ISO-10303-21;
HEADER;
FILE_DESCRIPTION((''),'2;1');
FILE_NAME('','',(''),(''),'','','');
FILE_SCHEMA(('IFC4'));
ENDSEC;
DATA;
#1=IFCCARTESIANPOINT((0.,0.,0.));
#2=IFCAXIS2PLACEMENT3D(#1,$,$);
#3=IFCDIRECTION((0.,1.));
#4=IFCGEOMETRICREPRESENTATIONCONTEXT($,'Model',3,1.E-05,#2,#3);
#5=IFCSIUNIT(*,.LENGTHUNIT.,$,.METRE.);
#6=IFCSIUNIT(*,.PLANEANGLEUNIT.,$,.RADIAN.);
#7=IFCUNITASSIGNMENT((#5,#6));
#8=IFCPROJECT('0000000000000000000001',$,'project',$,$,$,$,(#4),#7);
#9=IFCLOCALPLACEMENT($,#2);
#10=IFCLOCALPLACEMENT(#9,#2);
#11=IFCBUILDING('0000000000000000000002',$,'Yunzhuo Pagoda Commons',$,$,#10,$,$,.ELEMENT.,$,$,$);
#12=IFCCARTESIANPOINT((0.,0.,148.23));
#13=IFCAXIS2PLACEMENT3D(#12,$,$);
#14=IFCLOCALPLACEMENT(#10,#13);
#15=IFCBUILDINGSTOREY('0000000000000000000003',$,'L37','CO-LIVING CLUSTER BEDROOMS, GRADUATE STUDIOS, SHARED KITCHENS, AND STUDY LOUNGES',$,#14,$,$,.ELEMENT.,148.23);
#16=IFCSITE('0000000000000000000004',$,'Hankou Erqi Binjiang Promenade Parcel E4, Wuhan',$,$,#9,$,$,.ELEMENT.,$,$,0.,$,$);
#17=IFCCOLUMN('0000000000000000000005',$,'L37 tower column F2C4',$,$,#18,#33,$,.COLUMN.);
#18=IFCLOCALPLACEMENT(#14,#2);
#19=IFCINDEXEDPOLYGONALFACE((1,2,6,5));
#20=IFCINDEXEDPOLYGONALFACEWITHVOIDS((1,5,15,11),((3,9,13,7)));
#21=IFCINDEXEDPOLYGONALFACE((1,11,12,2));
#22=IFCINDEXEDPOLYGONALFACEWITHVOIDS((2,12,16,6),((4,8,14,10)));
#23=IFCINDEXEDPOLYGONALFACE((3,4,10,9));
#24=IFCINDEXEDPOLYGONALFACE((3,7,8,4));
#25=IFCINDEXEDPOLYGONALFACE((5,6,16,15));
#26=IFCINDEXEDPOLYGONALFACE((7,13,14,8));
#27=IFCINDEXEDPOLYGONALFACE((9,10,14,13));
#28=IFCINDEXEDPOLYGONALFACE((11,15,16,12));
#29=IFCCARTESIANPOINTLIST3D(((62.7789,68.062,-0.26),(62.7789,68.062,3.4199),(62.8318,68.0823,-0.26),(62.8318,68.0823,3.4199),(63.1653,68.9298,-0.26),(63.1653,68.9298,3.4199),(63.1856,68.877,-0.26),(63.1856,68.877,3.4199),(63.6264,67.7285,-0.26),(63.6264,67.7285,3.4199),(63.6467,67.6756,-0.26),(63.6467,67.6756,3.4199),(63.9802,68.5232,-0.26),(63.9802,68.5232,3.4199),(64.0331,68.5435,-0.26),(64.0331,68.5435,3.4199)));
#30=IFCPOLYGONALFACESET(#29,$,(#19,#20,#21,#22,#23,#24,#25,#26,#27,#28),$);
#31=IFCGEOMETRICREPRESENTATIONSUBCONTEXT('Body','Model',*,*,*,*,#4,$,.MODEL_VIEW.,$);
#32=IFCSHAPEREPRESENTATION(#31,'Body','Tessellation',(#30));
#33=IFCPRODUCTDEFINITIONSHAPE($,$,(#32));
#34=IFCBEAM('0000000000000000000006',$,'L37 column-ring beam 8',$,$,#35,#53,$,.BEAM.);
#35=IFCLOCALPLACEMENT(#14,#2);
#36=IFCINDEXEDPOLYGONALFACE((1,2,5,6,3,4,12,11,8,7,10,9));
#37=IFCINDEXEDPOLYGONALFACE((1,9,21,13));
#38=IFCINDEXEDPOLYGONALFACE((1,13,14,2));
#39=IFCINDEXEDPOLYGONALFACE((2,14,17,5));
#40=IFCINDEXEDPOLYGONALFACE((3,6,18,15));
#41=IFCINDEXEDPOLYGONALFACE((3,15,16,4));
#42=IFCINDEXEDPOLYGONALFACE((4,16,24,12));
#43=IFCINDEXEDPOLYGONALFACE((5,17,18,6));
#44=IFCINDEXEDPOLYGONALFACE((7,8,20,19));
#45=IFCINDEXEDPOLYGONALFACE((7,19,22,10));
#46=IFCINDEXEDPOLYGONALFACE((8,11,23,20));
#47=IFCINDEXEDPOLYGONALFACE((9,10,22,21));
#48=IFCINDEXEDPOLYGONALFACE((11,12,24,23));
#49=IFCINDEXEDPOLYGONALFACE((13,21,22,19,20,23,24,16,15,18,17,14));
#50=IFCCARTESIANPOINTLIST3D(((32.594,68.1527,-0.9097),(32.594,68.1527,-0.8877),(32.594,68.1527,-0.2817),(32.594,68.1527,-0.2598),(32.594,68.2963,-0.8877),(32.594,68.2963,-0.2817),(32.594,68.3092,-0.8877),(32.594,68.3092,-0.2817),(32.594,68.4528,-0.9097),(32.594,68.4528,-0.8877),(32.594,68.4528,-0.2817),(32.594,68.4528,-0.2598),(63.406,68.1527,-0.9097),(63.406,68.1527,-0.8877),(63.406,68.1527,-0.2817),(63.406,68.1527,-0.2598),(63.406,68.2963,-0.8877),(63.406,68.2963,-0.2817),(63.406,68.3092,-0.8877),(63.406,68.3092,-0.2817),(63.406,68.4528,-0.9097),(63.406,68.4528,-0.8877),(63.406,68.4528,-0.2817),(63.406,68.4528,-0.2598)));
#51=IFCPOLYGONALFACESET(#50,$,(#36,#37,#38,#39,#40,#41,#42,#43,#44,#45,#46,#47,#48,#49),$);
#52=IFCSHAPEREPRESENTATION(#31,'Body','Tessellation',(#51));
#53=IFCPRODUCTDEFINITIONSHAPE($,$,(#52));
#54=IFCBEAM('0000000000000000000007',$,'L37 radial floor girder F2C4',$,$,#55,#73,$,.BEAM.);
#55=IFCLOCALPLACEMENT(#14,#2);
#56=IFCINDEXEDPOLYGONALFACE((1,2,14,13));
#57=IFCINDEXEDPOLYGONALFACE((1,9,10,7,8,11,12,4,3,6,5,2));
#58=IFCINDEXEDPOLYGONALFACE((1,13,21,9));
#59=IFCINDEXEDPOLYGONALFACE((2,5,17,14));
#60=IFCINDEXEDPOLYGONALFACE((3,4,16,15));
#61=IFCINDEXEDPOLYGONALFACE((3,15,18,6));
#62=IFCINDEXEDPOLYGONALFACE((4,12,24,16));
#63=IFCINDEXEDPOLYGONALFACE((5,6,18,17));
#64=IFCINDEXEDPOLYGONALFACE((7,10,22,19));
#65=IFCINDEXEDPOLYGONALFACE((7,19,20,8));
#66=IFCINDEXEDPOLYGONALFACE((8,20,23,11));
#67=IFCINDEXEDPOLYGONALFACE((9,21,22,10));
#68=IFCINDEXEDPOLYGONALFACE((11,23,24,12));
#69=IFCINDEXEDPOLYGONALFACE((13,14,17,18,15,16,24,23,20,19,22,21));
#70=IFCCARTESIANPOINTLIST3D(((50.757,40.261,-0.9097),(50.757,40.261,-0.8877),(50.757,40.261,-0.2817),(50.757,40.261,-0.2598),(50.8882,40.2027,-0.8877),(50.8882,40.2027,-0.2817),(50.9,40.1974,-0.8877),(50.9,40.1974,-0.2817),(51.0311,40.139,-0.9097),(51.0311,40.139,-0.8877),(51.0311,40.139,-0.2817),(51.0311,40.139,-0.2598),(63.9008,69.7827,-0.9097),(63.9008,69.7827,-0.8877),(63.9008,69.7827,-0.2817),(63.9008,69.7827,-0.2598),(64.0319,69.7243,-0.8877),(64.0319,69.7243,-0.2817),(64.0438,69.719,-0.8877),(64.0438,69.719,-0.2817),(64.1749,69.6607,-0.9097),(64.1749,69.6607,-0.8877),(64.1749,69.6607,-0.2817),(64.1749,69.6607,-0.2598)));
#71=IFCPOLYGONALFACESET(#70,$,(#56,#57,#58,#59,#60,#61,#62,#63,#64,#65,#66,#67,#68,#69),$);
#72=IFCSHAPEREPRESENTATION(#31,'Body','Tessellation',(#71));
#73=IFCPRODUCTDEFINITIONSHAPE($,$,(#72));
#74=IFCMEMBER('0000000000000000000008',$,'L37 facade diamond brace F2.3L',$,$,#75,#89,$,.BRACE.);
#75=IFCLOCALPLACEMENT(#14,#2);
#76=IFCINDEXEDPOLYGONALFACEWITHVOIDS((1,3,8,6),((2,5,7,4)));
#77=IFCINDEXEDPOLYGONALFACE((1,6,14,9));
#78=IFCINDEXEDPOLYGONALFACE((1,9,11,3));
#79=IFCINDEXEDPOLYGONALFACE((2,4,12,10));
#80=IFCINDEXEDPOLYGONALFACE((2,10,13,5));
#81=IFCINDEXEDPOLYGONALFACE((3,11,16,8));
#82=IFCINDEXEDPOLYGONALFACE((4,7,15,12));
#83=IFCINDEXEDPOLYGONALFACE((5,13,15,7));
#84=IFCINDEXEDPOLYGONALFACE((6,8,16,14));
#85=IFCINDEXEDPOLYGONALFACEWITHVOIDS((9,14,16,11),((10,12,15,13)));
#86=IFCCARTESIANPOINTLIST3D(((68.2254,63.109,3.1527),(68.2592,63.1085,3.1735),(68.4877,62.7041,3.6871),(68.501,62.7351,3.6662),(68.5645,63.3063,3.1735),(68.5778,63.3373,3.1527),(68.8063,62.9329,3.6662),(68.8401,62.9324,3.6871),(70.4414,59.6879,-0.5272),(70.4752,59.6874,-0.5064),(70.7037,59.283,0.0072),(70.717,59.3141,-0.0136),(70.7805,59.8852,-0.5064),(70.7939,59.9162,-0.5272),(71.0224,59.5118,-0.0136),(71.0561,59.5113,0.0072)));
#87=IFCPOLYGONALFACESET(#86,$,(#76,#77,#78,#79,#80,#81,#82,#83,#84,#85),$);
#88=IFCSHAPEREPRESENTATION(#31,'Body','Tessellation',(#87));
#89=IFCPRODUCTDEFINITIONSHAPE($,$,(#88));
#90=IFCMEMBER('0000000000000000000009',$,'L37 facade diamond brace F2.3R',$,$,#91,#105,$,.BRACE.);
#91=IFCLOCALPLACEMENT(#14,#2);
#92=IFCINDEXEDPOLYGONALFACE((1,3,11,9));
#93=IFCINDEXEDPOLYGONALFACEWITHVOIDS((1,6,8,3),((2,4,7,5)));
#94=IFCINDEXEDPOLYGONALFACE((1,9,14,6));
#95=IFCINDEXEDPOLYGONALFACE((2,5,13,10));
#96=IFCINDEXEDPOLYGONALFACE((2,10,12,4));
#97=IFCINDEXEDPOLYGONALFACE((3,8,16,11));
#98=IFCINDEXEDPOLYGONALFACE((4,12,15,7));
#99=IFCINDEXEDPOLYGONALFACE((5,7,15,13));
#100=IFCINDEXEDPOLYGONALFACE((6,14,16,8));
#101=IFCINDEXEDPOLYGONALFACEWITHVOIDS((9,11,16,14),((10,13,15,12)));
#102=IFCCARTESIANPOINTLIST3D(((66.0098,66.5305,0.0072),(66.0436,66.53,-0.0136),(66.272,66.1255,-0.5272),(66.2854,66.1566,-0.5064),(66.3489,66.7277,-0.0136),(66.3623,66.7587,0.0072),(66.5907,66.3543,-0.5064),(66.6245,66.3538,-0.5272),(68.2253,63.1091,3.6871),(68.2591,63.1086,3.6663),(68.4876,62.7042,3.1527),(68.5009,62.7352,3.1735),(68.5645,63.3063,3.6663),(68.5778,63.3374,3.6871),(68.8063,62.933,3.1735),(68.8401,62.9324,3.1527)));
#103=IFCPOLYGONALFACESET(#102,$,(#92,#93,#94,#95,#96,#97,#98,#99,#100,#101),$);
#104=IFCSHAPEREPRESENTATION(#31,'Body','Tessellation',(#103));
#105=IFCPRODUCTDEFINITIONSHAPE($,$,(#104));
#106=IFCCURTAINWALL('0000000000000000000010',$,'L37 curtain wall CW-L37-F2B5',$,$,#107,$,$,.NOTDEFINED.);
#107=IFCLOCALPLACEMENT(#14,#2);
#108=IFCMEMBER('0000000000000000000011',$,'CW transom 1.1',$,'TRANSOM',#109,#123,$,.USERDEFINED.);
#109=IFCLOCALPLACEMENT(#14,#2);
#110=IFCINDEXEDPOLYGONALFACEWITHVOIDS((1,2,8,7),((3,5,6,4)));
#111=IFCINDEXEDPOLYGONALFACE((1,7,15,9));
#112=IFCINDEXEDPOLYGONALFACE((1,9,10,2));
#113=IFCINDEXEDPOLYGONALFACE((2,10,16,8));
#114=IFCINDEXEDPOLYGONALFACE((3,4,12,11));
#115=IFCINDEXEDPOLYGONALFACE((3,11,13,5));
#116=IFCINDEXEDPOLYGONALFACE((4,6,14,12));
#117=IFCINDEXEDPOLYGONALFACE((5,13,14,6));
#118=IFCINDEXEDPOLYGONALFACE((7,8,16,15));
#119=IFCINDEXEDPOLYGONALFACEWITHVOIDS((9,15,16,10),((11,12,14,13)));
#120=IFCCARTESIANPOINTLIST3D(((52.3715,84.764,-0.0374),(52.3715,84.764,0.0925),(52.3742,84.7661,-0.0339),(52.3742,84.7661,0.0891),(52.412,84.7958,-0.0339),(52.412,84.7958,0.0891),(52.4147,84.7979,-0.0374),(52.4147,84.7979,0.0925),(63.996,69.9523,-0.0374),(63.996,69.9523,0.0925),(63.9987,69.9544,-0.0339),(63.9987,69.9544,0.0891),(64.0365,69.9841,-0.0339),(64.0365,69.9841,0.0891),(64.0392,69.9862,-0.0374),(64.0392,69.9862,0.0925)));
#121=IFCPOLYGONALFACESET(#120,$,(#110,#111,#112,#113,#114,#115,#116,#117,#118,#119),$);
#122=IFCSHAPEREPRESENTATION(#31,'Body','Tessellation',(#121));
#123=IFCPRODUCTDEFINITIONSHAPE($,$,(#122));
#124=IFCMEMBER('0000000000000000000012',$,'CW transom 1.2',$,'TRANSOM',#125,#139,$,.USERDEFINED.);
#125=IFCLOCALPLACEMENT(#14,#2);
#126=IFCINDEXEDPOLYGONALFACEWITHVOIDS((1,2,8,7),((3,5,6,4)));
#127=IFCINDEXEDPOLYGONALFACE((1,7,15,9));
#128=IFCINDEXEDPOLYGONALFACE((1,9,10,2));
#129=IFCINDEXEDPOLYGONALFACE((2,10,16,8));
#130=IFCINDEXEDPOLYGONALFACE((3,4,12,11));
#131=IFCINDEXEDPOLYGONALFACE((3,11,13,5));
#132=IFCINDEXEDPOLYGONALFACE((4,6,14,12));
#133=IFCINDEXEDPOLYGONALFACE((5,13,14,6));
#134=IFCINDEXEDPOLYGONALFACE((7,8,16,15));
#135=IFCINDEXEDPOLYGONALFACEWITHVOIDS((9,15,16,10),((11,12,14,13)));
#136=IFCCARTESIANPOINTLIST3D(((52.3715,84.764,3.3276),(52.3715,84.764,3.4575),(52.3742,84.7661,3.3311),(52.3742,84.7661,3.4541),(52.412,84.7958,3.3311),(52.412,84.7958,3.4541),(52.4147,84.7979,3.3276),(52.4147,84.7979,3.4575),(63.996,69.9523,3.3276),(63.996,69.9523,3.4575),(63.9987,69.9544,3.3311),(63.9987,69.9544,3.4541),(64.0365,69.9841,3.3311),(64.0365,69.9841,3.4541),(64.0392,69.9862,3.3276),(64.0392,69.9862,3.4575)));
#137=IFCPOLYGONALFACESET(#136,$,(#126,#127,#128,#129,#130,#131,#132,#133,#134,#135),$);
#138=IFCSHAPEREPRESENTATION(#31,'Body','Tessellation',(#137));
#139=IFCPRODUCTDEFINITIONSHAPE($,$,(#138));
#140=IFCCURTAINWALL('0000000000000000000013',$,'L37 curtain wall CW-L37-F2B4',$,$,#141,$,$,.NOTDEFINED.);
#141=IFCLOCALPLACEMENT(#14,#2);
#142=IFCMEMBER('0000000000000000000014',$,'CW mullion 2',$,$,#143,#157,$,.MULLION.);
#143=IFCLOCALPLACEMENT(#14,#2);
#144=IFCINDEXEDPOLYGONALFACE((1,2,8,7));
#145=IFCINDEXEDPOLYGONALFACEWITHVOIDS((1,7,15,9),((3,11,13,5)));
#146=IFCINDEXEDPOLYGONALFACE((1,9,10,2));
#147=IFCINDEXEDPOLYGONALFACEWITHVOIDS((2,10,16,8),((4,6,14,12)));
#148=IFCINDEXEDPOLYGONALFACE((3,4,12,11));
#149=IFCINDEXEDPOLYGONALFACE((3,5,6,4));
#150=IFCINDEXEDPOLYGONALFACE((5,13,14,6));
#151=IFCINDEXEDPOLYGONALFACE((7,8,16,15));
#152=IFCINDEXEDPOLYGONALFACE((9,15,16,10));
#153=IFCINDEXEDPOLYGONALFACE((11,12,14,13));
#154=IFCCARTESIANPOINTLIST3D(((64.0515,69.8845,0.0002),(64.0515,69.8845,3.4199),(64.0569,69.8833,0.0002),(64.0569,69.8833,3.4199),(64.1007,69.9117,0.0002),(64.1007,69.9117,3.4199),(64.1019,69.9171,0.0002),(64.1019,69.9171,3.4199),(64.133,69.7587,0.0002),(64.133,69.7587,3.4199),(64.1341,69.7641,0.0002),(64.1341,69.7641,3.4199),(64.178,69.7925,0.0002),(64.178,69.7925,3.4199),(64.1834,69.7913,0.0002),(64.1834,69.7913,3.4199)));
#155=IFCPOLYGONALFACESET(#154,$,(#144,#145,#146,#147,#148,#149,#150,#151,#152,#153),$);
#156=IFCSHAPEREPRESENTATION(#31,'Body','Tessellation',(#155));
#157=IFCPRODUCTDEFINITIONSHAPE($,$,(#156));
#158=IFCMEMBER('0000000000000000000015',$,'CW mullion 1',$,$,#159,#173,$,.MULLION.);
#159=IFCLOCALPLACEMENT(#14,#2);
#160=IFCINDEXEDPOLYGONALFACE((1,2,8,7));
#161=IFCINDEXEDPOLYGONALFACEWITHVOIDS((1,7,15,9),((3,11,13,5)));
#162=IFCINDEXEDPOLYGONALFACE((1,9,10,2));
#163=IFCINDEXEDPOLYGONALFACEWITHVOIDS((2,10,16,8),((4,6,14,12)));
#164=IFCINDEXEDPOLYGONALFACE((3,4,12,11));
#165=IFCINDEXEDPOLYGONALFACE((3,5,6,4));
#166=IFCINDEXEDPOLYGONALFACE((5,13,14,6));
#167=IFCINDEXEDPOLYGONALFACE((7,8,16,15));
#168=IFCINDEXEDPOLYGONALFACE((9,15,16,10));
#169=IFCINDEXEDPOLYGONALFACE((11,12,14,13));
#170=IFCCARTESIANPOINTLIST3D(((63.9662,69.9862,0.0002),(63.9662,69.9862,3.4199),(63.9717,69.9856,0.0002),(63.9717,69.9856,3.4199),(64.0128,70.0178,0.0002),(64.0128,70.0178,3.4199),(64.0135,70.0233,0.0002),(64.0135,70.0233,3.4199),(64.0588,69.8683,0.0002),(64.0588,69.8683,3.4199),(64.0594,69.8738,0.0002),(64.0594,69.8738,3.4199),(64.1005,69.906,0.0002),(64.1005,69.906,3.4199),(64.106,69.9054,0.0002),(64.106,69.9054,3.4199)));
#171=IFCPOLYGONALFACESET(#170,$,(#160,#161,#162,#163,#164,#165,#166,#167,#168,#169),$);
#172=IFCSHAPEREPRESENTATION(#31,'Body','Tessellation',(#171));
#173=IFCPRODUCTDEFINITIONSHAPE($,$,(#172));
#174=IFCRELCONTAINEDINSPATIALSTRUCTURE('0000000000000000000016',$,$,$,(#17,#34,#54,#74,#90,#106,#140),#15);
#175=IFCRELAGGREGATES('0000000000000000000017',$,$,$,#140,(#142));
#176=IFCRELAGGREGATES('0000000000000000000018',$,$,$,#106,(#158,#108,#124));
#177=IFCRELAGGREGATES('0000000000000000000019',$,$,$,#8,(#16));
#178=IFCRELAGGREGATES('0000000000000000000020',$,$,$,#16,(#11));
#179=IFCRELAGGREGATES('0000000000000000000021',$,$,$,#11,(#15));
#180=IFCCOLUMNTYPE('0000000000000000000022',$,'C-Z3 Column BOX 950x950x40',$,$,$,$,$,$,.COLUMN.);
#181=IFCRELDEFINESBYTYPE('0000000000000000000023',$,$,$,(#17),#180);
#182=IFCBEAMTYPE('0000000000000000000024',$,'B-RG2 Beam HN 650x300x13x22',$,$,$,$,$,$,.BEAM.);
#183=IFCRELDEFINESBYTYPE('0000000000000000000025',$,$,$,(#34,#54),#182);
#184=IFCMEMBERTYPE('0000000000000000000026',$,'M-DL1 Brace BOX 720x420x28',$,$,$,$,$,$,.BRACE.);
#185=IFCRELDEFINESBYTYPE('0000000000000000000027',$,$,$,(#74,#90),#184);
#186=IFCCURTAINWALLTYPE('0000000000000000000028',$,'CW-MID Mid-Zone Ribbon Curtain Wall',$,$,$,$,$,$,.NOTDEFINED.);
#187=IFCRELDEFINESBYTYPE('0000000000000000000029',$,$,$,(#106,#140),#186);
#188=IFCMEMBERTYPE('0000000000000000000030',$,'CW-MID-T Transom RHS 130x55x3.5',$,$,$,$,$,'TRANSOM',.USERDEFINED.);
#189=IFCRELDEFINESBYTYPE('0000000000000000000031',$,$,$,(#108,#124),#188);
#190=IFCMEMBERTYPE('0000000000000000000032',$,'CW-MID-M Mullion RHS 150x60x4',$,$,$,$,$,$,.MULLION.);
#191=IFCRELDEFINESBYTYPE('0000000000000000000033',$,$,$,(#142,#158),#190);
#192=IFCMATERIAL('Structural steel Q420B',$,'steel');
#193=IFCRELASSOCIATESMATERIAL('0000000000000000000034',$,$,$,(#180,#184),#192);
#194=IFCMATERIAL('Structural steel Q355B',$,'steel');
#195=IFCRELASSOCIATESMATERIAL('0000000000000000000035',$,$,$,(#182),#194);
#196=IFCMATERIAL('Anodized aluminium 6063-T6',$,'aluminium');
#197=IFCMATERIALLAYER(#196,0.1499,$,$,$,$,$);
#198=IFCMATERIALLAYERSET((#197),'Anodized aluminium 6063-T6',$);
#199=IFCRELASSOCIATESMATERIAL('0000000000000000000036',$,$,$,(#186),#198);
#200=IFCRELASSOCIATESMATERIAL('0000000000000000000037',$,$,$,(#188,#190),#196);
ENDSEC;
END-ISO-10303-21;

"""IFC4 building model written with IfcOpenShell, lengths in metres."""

from ifc_helpers import new_model, si_unit, direction, frame, origin, origin_2d, place, context, subcontext, project, spatial, hollow_rectangle, i_section, extrude, source, transform, mapped, material, layer, layer_set, material_profile, profile_set, type_object, element, aggregate, save


model = new_model("IFC4")

# Units and contexts
model_context = context("Model", 3, precision=1e-05, world=origin(), true_north=direction((0.0, 1.0)))
body_context = subcontext(model_context, "Body", "Model", "MODEL_VIEW")
ifc_project = project(units=[si_unit("LENGTHUNIT", "METRE"), si_unit("PLANEANGLEUNIT", "RADIAN")], contexts=[model_context])

# Site, building, storey
site_placement = place(None, origin())
site = spatial("IfcSite", under=ifc_project, at=site_placement, Name="Hankou Erqi Binjiang Promenade Parcel E4, Wuhan", CompositionType="ELEMENT", RefElevation=0.0)
building_placement = place(site_placement, origin())
building = spatial("IfcBuilding", under=site, at=building_placement, Name="Yunzhuo Pagoda Commons", CompositionType="ELEMENT")
storey_placement = place(building_placement, frame((0.0, 0.0, 148.23)))
storey = spatial("IfcBuildingStorey", under=building, at=storey_placement, Name="L37", Description="CO-LIVING CLUSTER BEDROOMS, GRADUATE STUDIOS, SHARED KITCHENS, AND STUDY LOUNGES", CompositionType="ELEMENT", Elevation=148.23)

# Column
ifc_material_1 = material(Name="Structural steel Q420B", Category="steel")
ifc_material_profile_1 = material_profile(ifc_material_1, hollow_rectangle(XDim=0.95, YDim=0.95, WallThickness=0.04, at=origin_2d()), Name="Structural steel Q420B")
ifc_profile_set_1 = profile_set([ifc_material_profile_1], Name="Structural steel Q420B")
column_type = type_object("IfcColumnType", Name="C-Z3 Column BOX 950x950x40", PredefinedType="COLUMN", material=ifc_profile_set_1)
shared_shape_1 = source(origin(), body_context, "Body", "SweptSolid", [
    extrude(hollow_rectangle(XDim=0.95, YDim=0.95, WallThickness=0.04, at=origin_2d()), origin(), (0.0, 0.0, 1.0), 3.6799),
])
column_placement = place(storey_placement, frame((63.406, 68.3027, -0.26), z_axis=(0.0, 0.0, 1.0), x_axis=(-0.913545, 0.406737, 0.0)))
element("IfcColumn", 1, at=column_placement, inside=storey, type_object=column_type, Name="L37 tower column F2C4", PredefinedType="COLUMN", context=body_context, shape_type="MappedRepresentation", body=[
    mapped(shared_shape_1, transform((0.0, 0.0, 0.0), scale=1.0)),
])

# Beams
ifc_material_2 = material(Name="Structural steel Q355B", Category="steel")
ifc_material_profile_2 = material_profile(ifc_material_2, i_section(OverallWidth=0.3, OverallDepth=0.6499, WebThickness=0.0129, FlangeThickness=0.022, at=origin_2d()), Name="Structural steel Q355B")
ifc_profile_set_2 = profile_set([ifc_material_profile_2], Name="Structural steel Q355B")
beam_type = type_object("IfcBeamType", Name="B-RG2 Beam HN 650x300x13x22", PredefinedType="BEAM", material=ifc_profile_set_2)
shared_shape_2 = source(origin(), body_context, "Body", "SweptSolid", [
    extrude(i_section(OverallWidth=0.3, OverallDepth=0.6499, WebThickness=0.0129, FlangeThickness=0.022, at=origin_2d()), origin(), (0.0, 0.0, 1.0), 30.812),
])
beam_1_placement = place(storey_placement, frame((63.406, 68.3027, -0.5847), z_axis=(-1.0, 0.0, 0.0), x_axis=(0.0, -1.0, 0.0)))
element("IfcBeam", 2, at=beam_1_placement, inside=storey, type_object=beam_type, Name="L37 column-ring beam 8", PredefinedType="BEAM", context=body_context, shape_type="MappedRepresentation", body=[
    mapped(shared_shape_2, transform((0.0, 0.0, 0.0), scale=1.0)),
])
shared_shape_3 = source(origin(), body_context, "Body", "SweptSolid", [
    extrude(i_section(OverallWidth=0.3, OverallDepth=0.6499, WebThickness=0.0129, FlangeThickness=0.022, at=origin_2d()), origin(), (0.0, 0.0, 1.0), 32.3154),
])
beam_2_placement = place(storey_placement, frame((64.0378, 69.7217, -0.5847), z_axis=(-0.406734, -0.913547, 0.0), x_axis=(0.913547, -0.406734, 0.0)))
element("IfcBeam", 3, at=beam_2_placement, inside=storey, type_object=beam_type, Name="L37 radial floor girder F2C4", PredefinedType="BEAM", context=body_context, shape_type="MappedRepresentation", body=[
    mapped(shared_shape_3, transform((0.0, 0.0, 0.0), scale=1.0)),
])

# Members
ifc_material_profile_3 = material_profile(ifc_material_1, hollow_rectangle(XDim=0.4199, YDim=0.72, WallThickness=0.0281, at=origin_2d()), Name="Structural steel Q420B")
ifc_profile_set_3 = profile_set([ifc_material_profile_3], Name="Structural steel Q420B")
member_type_1 = type_object("IfcMemberType", Name="M-DL1 Brace BOX 720x420x28", PredefinedType="BRACE", material=ifc_profile_set_3)
shared_shape_4 = source(origin(), body_context, "Body", "SweptSolid", [
    extrude(hollow_rectangle(XDim=0.4199, YDim=0.72, WallThickness=0.0281, at=origin_2d()), origin(), (0.0, 0.0, 1.0), 5.4915),
])
for number, where, z_axis, x_axis, name in (
    (4, (70.7488, 59.5996, -0.26), (-0.403541, 0.622984, 0.670109), (-0.839303, -0.543663, 0.0), "L37 facade diamond brace F2.3L"),
    (5, (66.3171, 66.4421, -0.26), (0.403456, -0.623033, 0.670114), (0.839376, 0.543552, 0.0), "L37 facade diamond brace F2.3R"),
):
    element("IfcMember", number, at=place(storey_placement, frame(where, z_axis=z_axis, x_axis=x_axis)), inside=storey, type_object=member_type_1, Name=name, PredefinedType="BRACE", context=body_context, shape_type="MappedRepresentation", body=[
        mapped(shared_shape_4, transform((0.0, 0.0, 0.0), scale=1.0)),
    ])

# Curtain wall, members
ifc_material_3 = material(Name="Anodized aluminium 6063-T6", Category="aluminium")
ifc_layer_1 = layer(ifc_material_3, 0.1499)
ifc_layer_set_1 = layer_set([ifc_layer_1], Name="Anodized aluminium 6063-T6")
curtain_wall_type = type_object("IfcCurtainWallType", Name="CW-MID Mid-Zone Ribbon Curtain Wall", PredefinedType="NOTDEFINED", material=ifc_layer_set_1)
curtain_wall_1_placement = place(storey_placement, origin())
curtain_wall_1 = element("IfcCurtainWall", 6, at=curtain_wall_1_placement, inside=storey, type_object=curtain_wall_type, Name="L37 curtain wall CW-L37-F2B5", PredefinedType="NOTDEFINED")
ifc_material_profile_4 = material_profile(ifc_material_3, hollow_rectangle(XDim=0.0549, YDim=0.1299, WallThickness=0.0034, at=origin_2d()), Name="Anodized aluminium 6063-T6")
ifc_profile_set_4 = profile_set([ifc_material_profile_4], Name="Anodized aluminium 6063-T6")
member_type_2 = type_object("IfcMemberType", Name="CW-MID-T Transom RHS 130x55x3.5", ElementType="TRANSOM", PredefinedType="USERDEFINED", material=ifc_profile_set_4)
shared_shape_5 = source(origin(), body_context, "Body", "SweptSolid", [
    extrude(hollow_rectangle(XDim=0.0549, YDim=0.1299, WallThickness=0.0034, at=origin_2d()), origin(), (0.0, 0.0, 1.0), 18.8286),
])
member_1_placement = place(storey_placement, frame((64.0176, 69.9692, 0.0276), z_axis=(-0.617385, 0.786662, 0.0), x_axis=(-0.786662, -0.617385, 0.0)))
member_1 = element("IfcMember", 7, at=member_1_placement, type_object=member_type_2, Name="CW transom 1.1", ObjectType="TRANSOM", PredefinedType="USERDEFINED", context=body_context, shape_type="MappedRepresentation", body=[
    mapped(shared_shape_5, transform((0.0, 0.0, 0.0), scale=1.0)),
])
member_2_placement = place(storey_placement, frame((64.0176, 69.9692, 3.3926), z_axis=(-0.617385, 0.786662, 0.0), x_axis=(-0.786662, -0.617385, 0.0)))
member_2 = element("IfcMember", 8, at=member_2_placement, type_object=member_type_2, Name="CW transom 1.2", ObjectType="TRANSOM", PredefinedType="USERDEFINED", context=body_context, shape_type="MappedRepresentation", body=[
    mapped(shared_shape_5, transform((0.0, 0.0, 0.0), scale=1.0)),
])

# Curtain wall, member
curtain_wall_2_placement = place(storey_placement, origin())
curtain_wall_2 = element("IfcCurtainWall", 9, at=curtain_wall_2_placement, inside=storey, type_object=curtain_wall_type, Name="L37 curtain wall CW-L37-F2B4", PredefinedType="NOTDEFINED")
ifc_material_profile_5 = material_profile(ifc_material_3, hollow_rectangle(XDim=0.0601, YDim=0.1499, WallThickness=0.0039, at=origin_2d()), Name="Anodized aluminium 6063-T6")
ifc_profile_set_5 = profile_set([ifc_material_profile_5], Name="Anodized aluminium 6063-T6")
member_type_3 = type_object("IfcMemberType", Name="CW-MID-M Mullion RHS 150x60x4", PredefinedType="MULLION", material=ifc_profile_set_5)
shared_shape_6 = source(origin(), body_context, "Body", "SweptSolid", [
    extrude(hollow_rectangle(XDim=0.0601, YDim=0.1499, WallThickness=0.0039, at=origin_2d()), origin(), (0.0, 0.0, 1.0), 3.4197),
])
member_3_placement = place(storey_placement, frame((64.1174, 69.8379, 0.0002), z_axis=(0.0, 0.0, 1.0), x_axis=(-0.83932, -0.543637, 0.0)))
member_3 = element("IfcMember", 10, at=member_3_placement, type_object=member_type_3, Name="CW mullion 2", PredefinedType="MULLION", context=body_context, shape_type="MappedRepresentation", body=[
    mapped(shared_shape_6, transform((0.0, 0.0, 0.0), scale=1.0)),
])

# Member
member_4_placement = place(storey_placement, frame((64.0361, 69.9458, 0.0002), z_axis=(0.0, 0.0, 1.0), x_axis=(-0.786665, -0.61738, 0.0)))
member_4 = element("IfcMember", 11, at=member_4_placement, type_object=member_type_3, Name="CW mullion 1", PredefinedType="MULLION", context=body_context, shape_type="MappedRepresentation", body=[
    mapped(shared_shape_6, transform((0.0, 0.0, 0.0), scale=1.0)),
])

aggregate(curtain_wall_2, [member_3])
aggregate(curtain_wall_1, [member_4, member_1, member_2])

save(model, "model.ifc")
